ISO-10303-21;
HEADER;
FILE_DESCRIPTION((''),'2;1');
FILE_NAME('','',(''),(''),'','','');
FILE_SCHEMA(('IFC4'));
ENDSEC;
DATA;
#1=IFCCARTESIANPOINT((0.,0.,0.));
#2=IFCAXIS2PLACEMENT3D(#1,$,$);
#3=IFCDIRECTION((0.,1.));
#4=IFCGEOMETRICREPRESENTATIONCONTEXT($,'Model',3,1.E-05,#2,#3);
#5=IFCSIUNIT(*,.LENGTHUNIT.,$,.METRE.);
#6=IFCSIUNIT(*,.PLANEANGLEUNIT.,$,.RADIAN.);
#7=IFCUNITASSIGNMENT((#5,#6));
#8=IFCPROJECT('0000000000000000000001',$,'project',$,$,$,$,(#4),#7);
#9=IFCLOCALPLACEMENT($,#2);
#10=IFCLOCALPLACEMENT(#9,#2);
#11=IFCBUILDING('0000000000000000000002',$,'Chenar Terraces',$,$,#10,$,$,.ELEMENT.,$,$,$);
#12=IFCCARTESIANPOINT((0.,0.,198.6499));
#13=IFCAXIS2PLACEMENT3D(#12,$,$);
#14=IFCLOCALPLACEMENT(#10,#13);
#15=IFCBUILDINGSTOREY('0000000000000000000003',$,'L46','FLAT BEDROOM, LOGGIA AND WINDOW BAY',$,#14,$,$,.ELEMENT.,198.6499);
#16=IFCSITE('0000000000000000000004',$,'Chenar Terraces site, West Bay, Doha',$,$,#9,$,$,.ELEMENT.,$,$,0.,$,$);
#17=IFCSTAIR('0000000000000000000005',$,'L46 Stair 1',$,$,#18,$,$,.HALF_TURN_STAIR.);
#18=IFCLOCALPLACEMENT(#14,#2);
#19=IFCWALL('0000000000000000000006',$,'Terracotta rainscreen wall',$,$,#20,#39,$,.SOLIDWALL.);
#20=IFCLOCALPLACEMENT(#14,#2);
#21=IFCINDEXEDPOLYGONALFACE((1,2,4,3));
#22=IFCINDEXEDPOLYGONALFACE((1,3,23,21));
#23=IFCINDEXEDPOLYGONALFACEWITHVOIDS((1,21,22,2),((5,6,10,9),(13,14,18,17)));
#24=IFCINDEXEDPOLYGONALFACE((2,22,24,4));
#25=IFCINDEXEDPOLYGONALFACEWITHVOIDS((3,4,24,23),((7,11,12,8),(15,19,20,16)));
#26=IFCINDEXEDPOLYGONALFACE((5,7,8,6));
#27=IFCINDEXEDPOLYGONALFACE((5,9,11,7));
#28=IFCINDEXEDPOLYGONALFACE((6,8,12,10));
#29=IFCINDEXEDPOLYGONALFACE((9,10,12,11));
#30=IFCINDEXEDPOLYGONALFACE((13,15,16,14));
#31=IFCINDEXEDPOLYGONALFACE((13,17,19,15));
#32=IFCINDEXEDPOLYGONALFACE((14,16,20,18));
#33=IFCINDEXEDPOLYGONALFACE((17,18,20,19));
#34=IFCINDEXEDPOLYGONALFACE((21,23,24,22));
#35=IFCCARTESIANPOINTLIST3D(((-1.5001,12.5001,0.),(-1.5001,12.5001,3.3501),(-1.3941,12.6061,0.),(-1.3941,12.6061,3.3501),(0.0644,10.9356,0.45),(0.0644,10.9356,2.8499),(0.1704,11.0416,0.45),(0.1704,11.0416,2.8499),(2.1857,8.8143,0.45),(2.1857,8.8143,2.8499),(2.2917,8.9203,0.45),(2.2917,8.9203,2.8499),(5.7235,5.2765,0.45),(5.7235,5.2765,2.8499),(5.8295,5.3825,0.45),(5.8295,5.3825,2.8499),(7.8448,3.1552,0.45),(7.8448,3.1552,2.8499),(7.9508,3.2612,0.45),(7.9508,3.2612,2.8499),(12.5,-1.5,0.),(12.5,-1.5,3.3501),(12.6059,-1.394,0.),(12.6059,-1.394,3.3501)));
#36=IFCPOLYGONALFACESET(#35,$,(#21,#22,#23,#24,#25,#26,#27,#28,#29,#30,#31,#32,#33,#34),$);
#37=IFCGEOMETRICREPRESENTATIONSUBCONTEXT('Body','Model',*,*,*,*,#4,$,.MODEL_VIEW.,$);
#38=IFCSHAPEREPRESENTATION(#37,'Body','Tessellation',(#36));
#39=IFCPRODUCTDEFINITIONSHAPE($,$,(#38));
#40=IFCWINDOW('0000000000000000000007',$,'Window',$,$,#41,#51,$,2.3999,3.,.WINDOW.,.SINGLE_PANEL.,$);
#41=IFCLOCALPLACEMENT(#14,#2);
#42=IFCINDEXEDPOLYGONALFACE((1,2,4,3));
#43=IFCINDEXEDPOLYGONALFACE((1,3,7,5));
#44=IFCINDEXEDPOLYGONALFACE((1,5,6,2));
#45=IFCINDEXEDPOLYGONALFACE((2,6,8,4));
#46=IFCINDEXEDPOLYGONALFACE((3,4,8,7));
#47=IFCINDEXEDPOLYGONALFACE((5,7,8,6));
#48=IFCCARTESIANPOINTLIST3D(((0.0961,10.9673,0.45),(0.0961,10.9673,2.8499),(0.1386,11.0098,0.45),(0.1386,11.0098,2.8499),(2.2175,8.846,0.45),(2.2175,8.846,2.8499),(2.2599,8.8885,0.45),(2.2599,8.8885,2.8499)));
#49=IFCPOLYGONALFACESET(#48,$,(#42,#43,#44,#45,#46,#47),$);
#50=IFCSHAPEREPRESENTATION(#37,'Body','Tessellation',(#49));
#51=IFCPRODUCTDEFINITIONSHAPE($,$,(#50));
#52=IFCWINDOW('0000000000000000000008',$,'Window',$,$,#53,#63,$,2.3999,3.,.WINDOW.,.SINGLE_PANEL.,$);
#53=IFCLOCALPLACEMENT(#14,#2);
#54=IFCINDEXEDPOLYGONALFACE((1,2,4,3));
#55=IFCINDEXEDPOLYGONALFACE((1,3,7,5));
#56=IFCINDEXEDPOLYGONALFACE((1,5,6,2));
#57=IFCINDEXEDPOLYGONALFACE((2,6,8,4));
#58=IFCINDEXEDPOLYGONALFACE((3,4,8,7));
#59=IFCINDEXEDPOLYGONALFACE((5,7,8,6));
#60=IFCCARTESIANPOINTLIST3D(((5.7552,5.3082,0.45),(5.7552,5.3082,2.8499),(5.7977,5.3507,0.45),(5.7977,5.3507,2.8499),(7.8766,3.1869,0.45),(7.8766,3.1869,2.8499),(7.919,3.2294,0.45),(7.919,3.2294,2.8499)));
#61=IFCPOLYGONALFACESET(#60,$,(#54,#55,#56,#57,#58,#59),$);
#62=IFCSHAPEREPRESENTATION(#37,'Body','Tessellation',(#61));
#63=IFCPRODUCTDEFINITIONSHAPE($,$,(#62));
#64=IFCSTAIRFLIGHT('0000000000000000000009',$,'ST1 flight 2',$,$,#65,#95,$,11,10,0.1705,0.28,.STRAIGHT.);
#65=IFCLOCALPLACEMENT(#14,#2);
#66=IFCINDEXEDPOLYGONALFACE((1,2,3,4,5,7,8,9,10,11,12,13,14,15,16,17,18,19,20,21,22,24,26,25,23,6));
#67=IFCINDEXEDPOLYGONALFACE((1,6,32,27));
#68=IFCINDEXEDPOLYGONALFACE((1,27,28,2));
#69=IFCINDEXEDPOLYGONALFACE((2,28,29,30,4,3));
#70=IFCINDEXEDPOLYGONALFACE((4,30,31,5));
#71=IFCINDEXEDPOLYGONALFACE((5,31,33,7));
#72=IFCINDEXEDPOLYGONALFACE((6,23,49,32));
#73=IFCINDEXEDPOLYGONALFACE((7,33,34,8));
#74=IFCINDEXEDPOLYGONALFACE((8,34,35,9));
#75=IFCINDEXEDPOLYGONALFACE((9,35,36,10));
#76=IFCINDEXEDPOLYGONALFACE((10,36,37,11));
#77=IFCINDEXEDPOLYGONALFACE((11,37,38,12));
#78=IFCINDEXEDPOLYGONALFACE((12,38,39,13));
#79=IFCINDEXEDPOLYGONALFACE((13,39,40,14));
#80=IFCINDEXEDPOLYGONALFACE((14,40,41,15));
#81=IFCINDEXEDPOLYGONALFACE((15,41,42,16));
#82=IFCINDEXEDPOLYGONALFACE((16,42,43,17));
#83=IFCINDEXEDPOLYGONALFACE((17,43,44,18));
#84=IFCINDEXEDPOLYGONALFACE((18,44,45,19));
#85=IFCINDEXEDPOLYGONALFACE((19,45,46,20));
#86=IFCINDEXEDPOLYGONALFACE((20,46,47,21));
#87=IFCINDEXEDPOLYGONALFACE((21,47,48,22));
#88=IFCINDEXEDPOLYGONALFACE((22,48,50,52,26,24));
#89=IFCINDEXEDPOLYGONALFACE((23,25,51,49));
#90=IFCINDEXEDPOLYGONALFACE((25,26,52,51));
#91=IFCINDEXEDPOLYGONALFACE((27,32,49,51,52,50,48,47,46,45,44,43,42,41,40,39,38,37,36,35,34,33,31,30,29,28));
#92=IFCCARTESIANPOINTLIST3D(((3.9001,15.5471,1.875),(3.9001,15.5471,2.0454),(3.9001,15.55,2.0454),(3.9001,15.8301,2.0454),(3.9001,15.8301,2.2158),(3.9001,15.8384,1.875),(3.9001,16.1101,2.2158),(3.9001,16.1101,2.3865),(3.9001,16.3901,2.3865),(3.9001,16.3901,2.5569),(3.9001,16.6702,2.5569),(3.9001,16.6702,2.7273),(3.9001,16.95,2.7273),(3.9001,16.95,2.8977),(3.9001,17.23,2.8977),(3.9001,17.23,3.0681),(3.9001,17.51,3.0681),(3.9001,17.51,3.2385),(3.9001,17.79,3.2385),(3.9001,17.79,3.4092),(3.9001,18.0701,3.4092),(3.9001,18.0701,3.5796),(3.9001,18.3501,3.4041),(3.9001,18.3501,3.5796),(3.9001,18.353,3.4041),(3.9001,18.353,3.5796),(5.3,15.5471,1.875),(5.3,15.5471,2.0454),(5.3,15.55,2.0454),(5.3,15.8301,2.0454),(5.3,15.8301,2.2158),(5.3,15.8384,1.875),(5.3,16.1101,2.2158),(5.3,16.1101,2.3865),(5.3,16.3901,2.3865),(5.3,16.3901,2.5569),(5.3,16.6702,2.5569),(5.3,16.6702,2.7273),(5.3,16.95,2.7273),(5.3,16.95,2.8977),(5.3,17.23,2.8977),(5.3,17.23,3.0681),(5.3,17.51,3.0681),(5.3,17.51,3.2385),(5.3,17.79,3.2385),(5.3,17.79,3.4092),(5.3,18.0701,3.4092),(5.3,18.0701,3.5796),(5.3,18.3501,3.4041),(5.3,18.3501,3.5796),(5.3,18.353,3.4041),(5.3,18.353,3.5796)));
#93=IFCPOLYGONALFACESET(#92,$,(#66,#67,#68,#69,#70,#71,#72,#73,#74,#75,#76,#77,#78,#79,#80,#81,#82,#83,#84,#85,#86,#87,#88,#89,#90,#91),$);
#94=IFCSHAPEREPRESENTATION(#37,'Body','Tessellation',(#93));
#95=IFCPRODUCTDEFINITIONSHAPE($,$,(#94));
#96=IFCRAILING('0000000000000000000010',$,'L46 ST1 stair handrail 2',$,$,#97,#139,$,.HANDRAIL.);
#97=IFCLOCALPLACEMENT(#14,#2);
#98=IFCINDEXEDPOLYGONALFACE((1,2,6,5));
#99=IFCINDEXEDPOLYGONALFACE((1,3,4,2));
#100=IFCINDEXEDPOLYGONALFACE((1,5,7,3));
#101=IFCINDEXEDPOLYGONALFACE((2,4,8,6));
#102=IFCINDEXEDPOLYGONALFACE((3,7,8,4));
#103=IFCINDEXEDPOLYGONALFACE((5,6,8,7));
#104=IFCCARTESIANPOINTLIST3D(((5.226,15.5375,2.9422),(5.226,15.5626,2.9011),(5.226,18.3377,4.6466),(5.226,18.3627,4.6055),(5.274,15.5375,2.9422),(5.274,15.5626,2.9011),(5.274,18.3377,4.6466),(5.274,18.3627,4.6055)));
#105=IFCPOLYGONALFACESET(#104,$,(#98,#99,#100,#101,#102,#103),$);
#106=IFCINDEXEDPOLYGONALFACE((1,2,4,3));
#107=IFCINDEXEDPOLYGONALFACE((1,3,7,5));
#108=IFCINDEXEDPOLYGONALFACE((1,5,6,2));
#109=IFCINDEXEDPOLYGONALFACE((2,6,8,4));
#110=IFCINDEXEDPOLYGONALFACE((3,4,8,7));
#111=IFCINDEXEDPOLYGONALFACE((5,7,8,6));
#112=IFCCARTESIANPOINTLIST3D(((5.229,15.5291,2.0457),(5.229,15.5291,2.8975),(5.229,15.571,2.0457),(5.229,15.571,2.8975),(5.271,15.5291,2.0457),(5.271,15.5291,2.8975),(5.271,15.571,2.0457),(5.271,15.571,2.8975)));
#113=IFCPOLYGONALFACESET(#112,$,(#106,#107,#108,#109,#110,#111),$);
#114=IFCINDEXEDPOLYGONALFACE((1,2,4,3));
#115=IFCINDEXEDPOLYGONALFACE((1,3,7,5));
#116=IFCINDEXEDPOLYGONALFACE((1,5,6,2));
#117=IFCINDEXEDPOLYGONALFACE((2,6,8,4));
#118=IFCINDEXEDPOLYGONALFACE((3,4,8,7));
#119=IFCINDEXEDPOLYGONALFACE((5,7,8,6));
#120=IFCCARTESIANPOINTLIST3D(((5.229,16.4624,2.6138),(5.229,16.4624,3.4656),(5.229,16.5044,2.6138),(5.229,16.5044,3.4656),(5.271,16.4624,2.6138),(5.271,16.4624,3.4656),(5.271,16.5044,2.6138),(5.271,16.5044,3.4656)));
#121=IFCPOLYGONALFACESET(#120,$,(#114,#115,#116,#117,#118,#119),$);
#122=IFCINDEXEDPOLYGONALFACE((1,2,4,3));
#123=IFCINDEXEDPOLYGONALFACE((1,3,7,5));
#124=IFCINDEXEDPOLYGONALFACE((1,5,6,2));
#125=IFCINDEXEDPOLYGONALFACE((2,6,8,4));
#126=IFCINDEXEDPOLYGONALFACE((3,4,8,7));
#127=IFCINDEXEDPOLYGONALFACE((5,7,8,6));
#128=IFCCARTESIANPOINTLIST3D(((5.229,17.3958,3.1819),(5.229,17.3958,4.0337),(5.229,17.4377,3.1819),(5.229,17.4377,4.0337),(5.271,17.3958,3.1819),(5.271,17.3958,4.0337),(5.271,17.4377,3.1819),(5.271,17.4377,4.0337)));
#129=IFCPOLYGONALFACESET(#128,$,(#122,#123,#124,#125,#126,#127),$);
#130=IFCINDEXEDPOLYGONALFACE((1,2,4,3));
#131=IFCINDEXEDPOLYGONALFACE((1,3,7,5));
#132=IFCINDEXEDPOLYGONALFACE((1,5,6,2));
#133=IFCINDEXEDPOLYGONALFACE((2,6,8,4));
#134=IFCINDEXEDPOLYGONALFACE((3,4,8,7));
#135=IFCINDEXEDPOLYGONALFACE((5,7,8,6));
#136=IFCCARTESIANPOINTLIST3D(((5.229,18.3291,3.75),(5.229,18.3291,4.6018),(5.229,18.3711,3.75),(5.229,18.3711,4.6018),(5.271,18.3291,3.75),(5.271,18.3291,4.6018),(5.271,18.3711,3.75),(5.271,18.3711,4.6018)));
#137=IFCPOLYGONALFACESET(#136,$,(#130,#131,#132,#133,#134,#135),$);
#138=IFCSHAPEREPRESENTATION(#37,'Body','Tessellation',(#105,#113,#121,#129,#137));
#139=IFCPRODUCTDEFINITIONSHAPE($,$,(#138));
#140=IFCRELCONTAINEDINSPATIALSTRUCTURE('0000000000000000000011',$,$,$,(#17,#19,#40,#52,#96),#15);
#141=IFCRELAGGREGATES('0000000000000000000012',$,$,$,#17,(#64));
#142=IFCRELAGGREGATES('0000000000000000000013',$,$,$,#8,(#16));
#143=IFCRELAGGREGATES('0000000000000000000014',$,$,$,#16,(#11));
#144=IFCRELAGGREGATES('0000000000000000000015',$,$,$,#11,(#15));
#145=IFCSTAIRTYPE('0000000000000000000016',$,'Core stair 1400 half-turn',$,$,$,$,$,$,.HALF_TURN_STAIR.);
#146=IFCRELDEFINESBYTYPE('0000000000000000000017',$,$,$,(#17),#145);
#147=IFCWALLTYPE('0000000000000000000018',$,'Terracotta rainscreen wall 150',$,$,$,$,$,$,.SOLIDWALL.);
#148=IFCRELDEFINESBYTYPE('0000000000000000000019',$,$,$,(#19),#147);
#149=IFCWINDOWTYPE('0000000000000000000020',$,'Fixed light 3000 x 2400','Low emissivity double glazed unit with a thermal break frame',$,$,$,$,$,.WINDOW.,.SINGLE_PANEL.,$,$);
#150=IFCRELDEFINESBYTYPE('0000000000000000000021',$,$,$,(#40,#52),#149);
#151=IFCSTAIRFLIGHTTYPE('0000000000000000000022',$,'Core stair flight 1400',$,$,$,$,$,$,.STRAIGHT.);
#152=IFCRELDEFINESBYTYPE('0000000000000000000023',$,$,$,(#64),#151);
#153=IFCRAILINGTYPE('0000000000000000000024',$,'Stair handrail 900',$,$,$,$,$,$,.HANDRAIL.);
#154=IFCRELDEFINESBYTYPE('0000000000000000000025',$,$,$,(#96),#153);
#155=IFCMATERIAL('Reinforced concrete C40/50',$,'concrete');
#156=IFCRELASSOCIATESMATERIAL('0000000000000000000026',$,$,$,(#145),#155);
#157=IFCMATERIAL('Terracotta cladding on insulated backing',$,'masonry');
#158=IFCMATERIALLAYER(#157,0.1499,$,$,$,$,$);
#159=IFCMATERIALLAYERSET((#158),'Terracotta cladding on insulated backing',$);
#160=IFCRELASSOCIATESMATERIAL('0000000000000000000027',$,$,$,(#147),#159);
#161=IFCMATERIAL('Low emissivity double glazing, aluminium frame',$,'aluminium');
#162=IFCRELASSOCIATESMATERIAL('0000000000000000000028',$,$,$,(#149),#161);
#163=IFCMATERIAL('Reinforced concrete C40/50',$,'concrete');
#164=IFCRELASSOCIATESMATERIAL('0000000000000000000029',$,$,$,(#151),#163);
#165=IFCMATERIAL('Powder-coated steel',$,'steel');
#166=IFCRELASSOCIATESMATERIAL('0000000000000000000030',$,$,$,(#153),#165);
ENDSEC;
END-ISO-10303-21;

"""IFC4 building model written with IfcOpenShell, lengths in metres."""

from ifc_helpers import new_model, si_unit, direction, frame, frame_2d, origin, origin_2d, place, context, subcontext, project, spatial, polyline, rectangle, outline, extrude, material, layer, layer_set, type_object, element, fill, aggregate, save


model = new_model("IFC4")

# Units and contexts
model_context = context("Model", 3, precision=1e-05, world=origin(), true_north=direction((0.0, 1.0)))
body_context = subcontext(model_context, "Body", "Model", "MODEL_VIEW")
ifc_project = project(units=[si_unit("LENGTHUNIT", "METRE"), si_unit("PLANEANGLEUNIT", "RADIAN")], contexts=[model_context])

# Site, building, storey
site_placement = place(None, origin())
site = spatial("IfcSite", under=ifc_project, at=site_placement, Name="Chenar Terraces site, West Bay, Doha", CompositionType="ELEMENT", RefElevation=0.0)
building_placement = place(site_placement, origin())
building = spatial("IfcBuilding", under=site, at=building_placement, Name="Chenar Terraces", CompositionType="ELEMENT")
storey_placement = place(building_placement, frame((0.0, 0.0, 198.6499)))
storey = spatial("IfcBuildingStorey", under=building, at=storey_placement, Name="L46", Description="FLAT BEDROOM, LOGGIA AND WINDOW BAY", CompositionType="ELEMENT", Elevation=198.6499)

# Stair
ifc_material_1 = material(Name="Reinforced concrete C40/50", Category="concrete")
stair_type = type_object("IfcStairType", Name="Core stair 1400 half-turn", PredefinedType="HALF_TURN_STAIR", material=ifc_material_1)
placement_1 = place(storey_placement, origin())
stair_1 = element("IfcStair", 1, at=placement_1, inside=storey, type_object=stair_type, Name="L46 Stair 1", PredefinedType="HALF_TURN_STAIR")

# Wall, openings, windows
ifc_material_2 = material(Name="Terracotta cladding on insulated backing", Category="masonry")
ifc_layer_1 = layer(ifc_material_2, 0.1499)
ifc_layer_set_1 = layer_set([ifc_layer_1], Name="Terracotta cladding on insulated backing")
wall_type_1 = type_object("IfcWallType", Name="Terracotta rainscreen wall 150", PredefinedType="SOLIDWALL", material=ifc_layer_set_1)
wall_1_placement = place(storey_placement, frame((-1.447, 12.553, 0.0), z_axis=(0.0, 0.0, 1.0), x_axis=(0.707107, -0.707107, 0.0)))
wall_1 = element("IfcWall", 2, at=wall_1_placement, inside=storey, type_object=wall_type_1, Name="Terracotta rainscreen wall", PredefinedType="SOLIDWALL", context=body_context, shape_type="SweptSolid", body=[
    extrude(rectangle(XDim=19.7991, YDim=0.1499, at=frame_2d((9.8994, 0.0))), origin(), (0.0, 0.0, 1.0), 3.3501),
])
opening_1_placement = place(wall_1_placement, frame((2.2124, 0.0, 0.45)))
opening_1 = element("IfcOpeningElement", 3, at=opening_1_placement, cuts=wall_1, PredefinedType="OPENING", context=body_context, shape_type="SweptSolid", body=[
    extrude(rectangle(XDim=3.0, YDim=2.3999, at=frame_2d((1.5, 1.2))), frame((0.0, 0.085, 0.0), z_axis=(0.0, -1.0, 0.0), x_axis=(1.0, 0.0, 0.0)), (0.0, 0.0, 1.0), 0.1699),
])
opening_2_placement = place(wall_1_placement, frame((10.2156, 0.0, 0.45)))
opening_2 = element("IfcOpeningElement", 4, at=opening_2_placement, cuts=wall_1, PredefinedType="OPENING", context=body_context, shape_type="SweptSolid", body=[
    extrude(rectangle(XDim=3.0, YDim=2.3999, at=frame_2d((1.5, 1.2))), frame((0.0, 0.085, 0.0), z_axis=(0.0, -1.0, 0.0), x_axis=(1.0, 0.0, 0.0)), (0.0, 0.0, 1.0), 0.1699),
])
ifc_material_3 = material(Name="Low emissivity double glazing, aluminium frame", Category="aluminium")
window_type = type_object("IfcWindowType", Name="Fixed light 3000 x 2400", Description="Low emissivity double glazed unit with a thermal break frame", PartitioningType="SINGLE_PANEL", PredefinedType="WINDOW", material=ifc_material_3)
window_1_placement = place(opening_1_placement, origin())
window_1 = element("IfcWindow", 5, at=window_1_placement, inside=storey, type_object=window_type, Name="Window", OverallHeight=2.3999, OverallWidth=3.0, PartitioningType="SINGLE_PANEL", PredefinedType="WINDOW", context=body_context, shape_type="SweptSolid", body=[
    extrude(rectangle(XDim=3.0, YDim=2.3999, at=frame_2d((1.5, 1.2))), frame((0.0, 0.03, 0.0), z_axis=(0.0, -1.0, 0.0), x_axis=(1.0, 0.0, 0.0)), (0.0, 0.0, 1.0), 0.0601),
])
fill(opening_1, window_1)
window_2_placement = place(opening_2_placement, origin())
window_2 = element("IfcWindow", 6, at=window_2_placement, inside=storey, type_object=window_type, Name="Window", OverallHeight=2.3999, OverallWidth=3.0, PartitioningType="SINGLE_PANEL", PredefinedType="WINDOW", context=body_context, shape_type="SweptSolid", body=[
    extrude(rectangle(XDim=3.0, YDim=2.3999, at=frame_2d((1.5, 1.2))), frame((0.0, 0.03, 0.0), z_axis=(0.0, -1.0, 0.0), x_axis=(1.0, 0.0, 0.0)), (0.0, 0.0, 1.0), 0.0601),
])
fill(opening_2, window_2)

# Stair flight
ifc_material_4 = material(Name="Reinforced concrete C40/50", Category="concrete")
stair_flight_type = type_object("IfcStairFlightType", Name="Core stair flight 1400", PredefinedType="STRAIGHT", material=ifc_material_4)
stair_flight_placement = place(storey_placement, frame((4.6001, 15.55, 1.875), z_axis=(0.0, 0.0, 1.0), x_axis=(0.0, 1.0, 0.0)))
stair_flight = element("IfcStairFlight", 7, at=stair_flight_placement, type_object=stair_flight_type, Name="ST1 flight 2", NumberOfRisers=11, NumberOfTreads=10, PredefinedType="STRAIGHT", RiserHeight=0.1705, TreadLength=0.28, context=body_context, shape_type="SweptSolid", body=[
    extrude(outline(polyline([(-0.0029, 0.0), (-0.0029, 0.1704), (0.0, 0.1704), (0.28, 0.1704), (0.28, 0.3408), (0.5601, 0.3408), (0.5601, 0.5115), (0.8401, 0.5115), (0.8401, 0.6819), (1.1201, 0.6819), (1.1201, 0.8523), (1.3999, 0.8523), (1.3999, 1.0227), (1.6799, 1.0227), (1.6799, 1.1931), (1.96, 1.1931), (1.96, 1.3635), (2.24, 1.3635), (2.24, 1.5342), (2.52, 1.5342), (2.52, 1.7046), (2.8, 1.7046), (2.803, 1.7046), (2.803, 1.5291), (2.8, 1.5291), (0.2883, 0.0), (-0.0029, 0.0)])), frame((0.0, 0.7, 0.0), z_axis=(0.0, -1.0, 0.0), x_axis=(1.0, 0.0, 0.0)), (0.0, 0.0, 1.0), 1.3999),
])
aggregate(stair_1, [stair_flight])

# Railing
ifc_material_5 = material(Name="Powder-coated steel", Category="steel")
railing_type = type_object("IfcRailingType", Name="Stair handrail 900", PredefinedType="HANDRAIL", material=ifc_material_5)
railing_placement = place(storey_placement, frame((5.25, 15.55, 2.0457)))
element("IfcRailing", 8, at=railing_placement, inside=storey, type_object=railing_type, Name="L46 ST1 stair handrail 2", PredefinedType="HANDRAIL", context=body_context, shape_type="SweptSolid", body=[
    extrude(rectangle(XDim=0.0481, YDim=0.0481, at=origin_2d()), frame((0.0, 0.0, 0.876), z_axis=(0.0, 0.854203, 0.51994), x_axis=(-1.0, 0.0, 0.0)), (0.0, 0.0, 1.0), 3.2781),
    extrude(rectangle(XDim=0.042, YDim=0.042, at=origin_2d()), origin(), (0.0, 0.0, 1.0), 0.8518),
    extrude(rectangle(XDim=0.042, YDim=0.042, at=origin_2d()), frame((0.0, 0.9333, 0.5681)), (0.0, 0.0, 1.0), 0.8518),
    extrude(rectangle(XDim=0.042, YDim=0.042, at=origin_2d()), frame((0.0, 1.8667, 1.1362)), (0.0, 0.0, 1.0), 0.8518),
    extrude(rectangle(XDim=0.042, YDim=0.042, at=origin_2d()), frame((0.0, 2.8, 1.7043)), (0.0, 0.0, 1.0), 0.8518),
])

save(model, "model.ifc")
